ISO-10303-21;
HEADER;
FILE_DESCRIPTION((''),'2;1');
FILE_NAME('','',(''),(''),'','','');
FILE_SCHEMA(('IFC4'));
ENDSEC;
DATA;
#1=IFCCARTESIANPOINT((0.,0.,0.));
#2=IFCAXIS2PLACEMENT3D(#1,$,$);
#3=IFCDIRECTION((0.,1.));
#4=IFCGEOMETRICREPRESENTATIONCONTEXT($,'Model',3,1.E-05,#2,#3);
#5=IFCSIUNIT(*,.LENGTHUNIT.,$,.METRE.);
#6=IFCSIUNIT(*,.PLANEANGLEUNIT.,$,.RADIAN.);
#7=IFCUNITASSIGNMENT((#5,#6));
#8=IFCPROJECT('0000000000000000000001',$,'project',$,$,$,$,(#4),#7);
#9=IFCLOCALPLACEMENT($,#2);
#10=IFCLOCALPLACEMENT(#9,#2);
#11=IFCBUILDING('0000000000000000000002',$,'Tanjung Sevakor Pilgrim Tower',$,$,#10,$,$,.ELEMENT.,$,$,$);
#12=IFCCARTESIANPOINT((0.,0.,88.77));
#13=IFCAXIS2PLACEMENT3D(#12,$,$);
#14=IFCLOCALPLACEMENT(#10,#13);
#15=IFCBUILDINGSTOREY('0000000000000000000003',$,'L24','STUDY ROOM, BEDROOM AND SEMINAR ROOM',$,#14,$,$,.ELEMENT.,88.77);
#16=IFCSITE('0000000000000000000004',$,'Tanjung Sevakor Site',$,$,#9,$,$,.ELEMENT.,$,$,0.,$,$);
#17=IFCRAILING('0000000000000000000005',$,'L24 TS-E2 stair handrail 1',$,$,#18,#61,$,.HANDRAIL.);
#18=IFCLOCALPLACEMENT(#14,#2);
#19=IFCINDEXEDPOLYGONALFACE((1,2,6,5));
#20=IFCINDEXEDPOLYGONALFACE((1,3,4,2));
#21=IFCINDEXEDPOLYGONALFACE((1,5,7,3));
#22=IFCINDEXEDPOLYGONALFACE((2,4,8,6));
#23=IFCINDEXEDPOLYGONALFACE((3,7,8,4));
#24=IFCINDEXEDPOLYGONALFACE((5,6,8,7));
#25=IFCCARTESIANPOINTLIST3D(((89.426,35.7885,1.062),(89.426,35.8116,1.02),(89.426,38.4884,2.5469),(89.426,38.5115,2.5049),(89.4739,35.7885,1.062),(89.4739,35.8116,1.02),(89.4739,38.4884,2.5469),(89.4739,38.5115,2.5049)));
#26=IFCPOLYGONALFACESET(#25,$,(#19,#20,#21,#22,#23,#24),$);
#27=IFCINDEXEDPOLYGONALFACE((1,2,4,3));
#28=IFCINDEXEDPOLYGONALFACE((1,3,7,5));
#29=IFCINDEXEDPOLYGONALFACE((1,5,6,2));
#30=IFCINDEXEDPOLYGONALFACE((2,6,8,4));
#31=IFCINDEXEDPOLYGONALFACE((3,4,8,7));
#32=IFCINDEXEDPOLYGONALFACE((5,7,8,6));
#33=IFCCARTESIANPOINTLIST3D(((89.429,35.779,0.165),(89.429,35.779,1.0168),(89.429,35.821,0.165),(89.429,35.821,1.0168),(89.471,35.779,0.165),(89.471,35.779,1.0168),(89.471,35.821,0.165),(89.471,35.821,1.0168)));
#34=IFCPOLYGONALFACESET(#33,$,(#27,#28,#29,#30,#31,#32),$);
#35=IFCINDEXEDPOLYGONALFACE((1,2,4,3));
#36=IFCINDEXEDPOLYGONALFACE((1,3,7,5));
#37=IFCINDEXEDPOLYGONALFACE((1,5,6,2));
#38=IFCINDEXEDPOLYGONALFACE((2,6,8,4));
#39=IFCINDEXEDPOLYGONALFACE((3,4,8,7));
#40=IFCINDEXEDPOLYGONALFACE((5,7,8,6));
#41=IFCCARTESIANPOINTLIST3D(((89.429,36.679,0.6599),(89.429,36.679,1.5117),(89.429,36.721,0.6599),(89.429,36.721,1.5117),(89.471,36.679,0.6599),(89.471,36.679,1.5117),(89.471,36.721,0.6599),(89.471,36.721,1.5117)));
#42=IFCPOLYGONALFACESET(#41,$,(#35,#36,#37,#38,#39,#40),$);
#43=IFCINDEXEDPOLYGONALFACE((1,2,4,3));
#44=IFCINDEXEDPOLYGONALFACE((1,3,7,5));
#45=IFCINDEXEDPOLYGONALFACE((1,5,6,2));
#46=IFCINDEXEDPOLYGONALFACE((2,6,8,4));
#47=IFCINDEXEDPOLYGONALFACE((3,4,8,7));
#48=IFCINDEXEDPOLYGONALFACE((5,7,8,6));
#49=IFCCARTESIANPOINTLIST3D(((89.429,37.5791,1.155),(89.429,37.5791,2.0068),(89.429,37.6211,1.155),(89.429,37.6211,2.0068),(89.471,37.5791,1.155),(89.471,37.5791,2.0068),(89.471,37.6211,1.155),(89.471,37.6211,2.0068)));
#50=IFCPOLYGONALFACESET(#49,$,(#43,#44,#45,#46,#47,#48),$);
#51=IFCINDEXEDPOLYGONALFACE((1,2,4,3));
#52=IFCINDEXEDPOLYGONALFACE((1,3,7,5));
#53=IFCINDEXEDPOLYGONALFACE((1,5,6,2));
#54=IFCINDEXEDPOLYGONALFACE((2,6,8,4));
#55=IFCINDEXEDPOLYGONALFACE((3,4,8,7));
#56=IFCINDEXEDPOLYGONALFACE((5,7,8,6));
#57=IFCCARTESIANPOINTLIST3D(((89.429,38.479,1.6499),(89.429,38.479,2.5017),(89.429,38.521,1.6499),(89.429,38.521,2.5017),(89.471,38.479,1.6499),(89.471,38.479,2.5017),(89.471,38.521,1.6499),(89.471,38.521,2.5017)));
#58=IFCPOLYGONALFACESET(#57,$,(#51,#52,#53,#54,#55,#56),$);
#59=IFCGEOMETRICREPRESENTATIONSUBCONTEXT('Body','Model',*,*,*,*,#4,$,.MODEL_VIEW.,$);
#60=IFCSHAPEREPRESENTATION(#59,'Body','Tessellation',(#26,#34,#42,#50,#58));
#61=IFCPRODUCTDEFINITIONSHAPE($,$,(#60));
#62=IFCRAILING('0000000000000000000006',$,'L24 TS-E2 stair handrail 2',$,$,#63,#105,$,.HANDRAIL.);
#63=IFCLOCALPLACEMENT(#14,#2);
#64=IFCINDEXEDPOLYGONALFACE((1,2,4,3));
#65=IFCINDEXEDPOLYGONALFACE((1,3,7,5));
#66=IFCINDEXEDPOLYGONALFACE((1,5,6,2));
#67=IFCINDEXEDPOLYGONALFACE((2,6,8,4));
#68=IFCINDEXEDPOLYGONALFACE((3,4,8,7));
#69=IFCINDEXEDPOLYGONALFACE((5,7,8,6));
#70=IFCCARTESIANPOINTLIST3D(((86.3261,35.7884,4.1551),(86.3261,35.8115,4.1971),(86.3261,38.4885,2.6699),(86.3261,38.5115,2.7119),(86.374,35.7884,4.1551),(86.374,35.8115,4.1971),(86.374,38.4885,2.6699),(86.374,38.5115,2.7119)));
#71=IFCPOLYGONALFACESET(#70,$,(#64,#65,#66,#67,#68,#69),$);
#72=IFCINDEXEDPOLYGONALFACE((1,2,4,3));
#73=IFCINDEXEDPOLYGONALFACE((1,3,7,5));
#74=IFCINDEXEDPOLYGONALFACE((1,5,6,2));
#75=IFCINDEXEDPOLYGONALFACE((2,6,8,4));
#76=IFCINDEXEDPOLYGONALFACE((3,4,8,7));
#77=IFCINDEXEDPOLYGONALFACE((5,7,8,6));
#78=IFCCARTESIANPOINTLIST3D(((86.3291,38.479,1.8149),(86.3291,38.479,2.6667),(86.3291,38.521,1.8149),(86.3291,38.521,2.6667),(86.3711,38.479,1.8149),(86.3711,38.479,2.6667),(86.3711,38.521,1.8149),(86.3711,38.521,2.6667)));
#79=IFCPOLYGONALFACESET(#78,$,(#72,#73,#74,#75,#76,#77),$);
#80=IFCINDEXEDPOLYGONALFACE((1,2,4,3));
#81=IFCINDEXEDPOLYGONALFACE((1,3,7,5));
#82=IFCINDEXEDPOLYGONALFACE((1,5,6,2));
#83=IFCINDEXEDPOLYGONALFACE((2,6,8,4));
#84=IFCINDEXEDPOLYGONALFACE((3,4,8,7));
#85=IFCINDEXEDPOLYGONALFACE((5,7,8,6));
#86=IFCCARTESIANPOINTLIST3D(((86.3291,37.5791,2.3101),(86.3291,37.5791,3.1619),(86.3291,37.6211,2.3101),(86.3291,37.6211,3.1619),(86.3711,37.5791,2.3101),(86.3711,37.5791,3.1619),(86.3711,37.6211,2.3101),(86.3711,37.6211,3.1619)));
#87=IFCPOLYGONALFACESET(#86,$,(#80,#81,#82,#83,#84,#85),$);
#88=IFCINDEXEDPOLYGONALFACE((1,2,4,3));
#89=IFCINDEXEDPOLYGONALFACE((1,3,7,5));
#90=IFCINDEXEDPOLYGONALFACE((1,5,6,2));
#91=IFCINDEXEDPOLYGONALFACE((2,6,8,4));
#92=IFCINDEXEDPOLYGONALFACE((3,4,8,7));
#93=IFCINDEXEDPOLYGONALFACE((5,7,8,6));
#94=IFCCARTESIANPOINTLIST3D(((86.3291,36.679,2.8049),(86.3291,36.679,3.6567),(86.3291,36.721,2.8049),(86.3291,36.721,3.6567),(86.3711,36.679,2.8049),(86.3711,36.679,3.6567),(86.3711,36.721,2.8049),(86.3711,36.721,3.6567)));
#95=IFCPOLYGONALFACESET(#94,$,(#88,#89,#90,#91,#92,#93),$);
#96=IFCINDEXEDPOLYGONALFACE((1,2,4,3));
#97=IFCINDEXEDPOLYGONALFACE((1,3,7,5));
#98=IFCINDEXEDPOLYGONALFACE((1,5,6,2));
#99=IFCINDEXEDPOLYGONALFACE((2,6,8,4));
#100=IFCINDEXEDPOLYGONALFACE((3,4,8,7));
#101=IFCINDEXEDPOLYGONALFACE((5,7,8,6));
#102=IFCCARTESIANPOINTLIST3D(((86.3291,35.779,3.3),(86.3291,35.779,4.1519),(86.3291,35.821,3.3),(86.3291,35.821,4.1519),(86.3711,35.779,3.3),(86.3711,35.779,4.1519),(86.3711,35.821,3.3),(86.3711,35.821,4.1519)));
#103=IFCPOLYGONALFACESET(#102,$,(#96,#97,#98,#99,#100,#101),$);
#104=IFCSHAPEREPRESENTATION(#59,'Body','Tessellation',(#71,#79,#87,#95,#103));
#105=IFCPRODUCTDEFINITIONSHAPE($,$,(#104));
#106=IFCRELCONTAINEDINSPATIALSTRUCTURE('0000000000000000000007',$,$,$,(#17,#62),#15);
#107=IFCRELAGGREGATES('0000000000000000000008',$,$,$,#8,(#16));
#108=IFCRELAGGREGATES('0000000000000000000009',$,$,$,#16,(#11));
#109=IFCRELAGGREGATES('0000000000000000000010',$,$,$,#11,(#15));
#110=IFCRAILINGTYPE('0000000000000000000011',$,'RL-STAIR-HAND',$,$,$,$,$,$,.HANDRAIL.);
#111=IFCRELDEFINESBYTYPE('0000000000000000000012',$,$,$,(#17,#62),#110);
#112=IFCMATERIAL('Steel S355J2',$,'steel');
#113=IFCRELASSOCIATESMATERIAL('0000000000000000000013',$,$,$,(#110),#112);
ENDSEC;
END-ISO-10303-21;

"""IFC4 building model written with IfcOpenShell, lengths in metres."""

from ifc_helpers import new_model, si_unit, direction, frame, origin, place, context, subcontext, project, spatial, rectangle, extrude, material, type_object, element, save


model = new_model("IFC4")

# Units and contexts
model_context = context("Model", 3, precision=1e-05, world=origin(), true_north=direction((0.0, 1.0)))
body_context = subcontext(model_context, "Body", "Model", "MODEL_VIEW")
ifc_project = project(units=[si_unit("LENGTHUNIT", "METRE"), si_unit("PLANEANGLEUNIT", "RADIAN")], contexts=[model_context])

# Site, building, storey
site_placement = place(None, origin())
site = spatial("IfcSite", under=ifc_project, at=site_placement, Name="Tanjung Sevakor Site", CompositionType="ELEMENT", RefElevation=0.0)
building_placement = place(site_placement, origin())
building = spatial("IfcBuilding", under=site, at=building_placement, Name="Tanjung Sevakor Pilgrim Tower", CompositionType="ELEMENT")
storey_placement = place(building_placement, frame((0.0, 0.0, 88.77)))
storey = spatial("IfcBuildingStorey", under=building, at=storey_placement, Name="L24", Description="STUDY ROOM, BEDROOM AND SEMINAR ROOM", CompositionType="ELEMENT", Elevation=88.77)

# Railings
ifc_material_1 = material(Name="Steel S355J2", Category="steel")
railing_type_1 = type_object("IfcRailingType", Name="RL-STAIR-HAND", PredefinedType="HANDRAIL", material=ifc_material_1)
railing_1_placement = place(storey_placement, frame((89.45, 35.8, 0.165)))
element("IfcRailing", 1, at=railing_1_placement, inside=storey, type_object=railing_type_1, Name="L24 TS-E2 stair handrail 1", PredefinedType="HANDRAIL", context=body_context, shape_type="SweptSolid", body=[
    extrude(rectangle(XDim=0.0479, YDim=0.0479), frame((0.0, 0.0, 0.876), z_axis=(0.0, 0.876231, 0.481891), x_axis=(-1.0, 0.0, 0.0)), (0.0, 0.0, 1.0), 3.0813),
    extrude(rectangle(XDim=0.042, YDim=0.042), origin(), (0.0, 0.0, 1.0), 0.8518),
    extrude(rectangle(XDim=0.042, YDim=0.042), frame((0.0, 0.8999, 0.4949)), (0.0, 0.0, 1.0), 0.8518),
    extrude(rectangle(XDim=0.042, YDim=0.042), frame((0.0, 1.8, 0.99)), (0.0, 0.0, 1.0), 0.8518),
    extrude(rectangle(XDim=0.042, YDim=0.042), frame((0.0, 2.7, 1.4849)), (0.0, 0.0, 1.0), 0.8518),
])
railing_2_placement = place(storey_placement, frame((86.3501, 38.5, 1.8149)))
element("IfcRailing", 2, at=railing_2_placement, inside=storey, type_object=railing_type_1, Name="L24 TS-E2 stair handrail 2", PredefinedType="HANDRAIL", context=body_context, shape_type="SweptSolid", body=[
    extrude(rectangle(XDim=0.0479, YDim=0.0479), frame((0.0, 0.0, 0.876), z_axis=(0.0, -0.876198, 0.481952), x_axis=(1.0, 0.0, 0.0)), (0.0, 0.0, 1.0), 3.0815),
    extrude(rectangle(XDim=0.042, YDim=0.042), origin(), (0.0, 0.0, 1.0), 0.8518),
    extrude(rectangle(XDim=0.042, YDim=0.042), frame((0.0, -0.8999, 0.4951)), (0.0, 0.0, 1.0), 0.8518),
    extrude(rectangle(XDim=0.042, YDim=0.042), frame((0.0, -1.8, 0.99)), (0.0, 0.0, 1.0), 0.8518),
    extrude(rectangle(XDim=0.042, YDim=0.042), frame((0.0, -2.7, 1.4851)), (0.0, 0.0, 1.0), 0.8518),
])

save(model, "model.ifc")
